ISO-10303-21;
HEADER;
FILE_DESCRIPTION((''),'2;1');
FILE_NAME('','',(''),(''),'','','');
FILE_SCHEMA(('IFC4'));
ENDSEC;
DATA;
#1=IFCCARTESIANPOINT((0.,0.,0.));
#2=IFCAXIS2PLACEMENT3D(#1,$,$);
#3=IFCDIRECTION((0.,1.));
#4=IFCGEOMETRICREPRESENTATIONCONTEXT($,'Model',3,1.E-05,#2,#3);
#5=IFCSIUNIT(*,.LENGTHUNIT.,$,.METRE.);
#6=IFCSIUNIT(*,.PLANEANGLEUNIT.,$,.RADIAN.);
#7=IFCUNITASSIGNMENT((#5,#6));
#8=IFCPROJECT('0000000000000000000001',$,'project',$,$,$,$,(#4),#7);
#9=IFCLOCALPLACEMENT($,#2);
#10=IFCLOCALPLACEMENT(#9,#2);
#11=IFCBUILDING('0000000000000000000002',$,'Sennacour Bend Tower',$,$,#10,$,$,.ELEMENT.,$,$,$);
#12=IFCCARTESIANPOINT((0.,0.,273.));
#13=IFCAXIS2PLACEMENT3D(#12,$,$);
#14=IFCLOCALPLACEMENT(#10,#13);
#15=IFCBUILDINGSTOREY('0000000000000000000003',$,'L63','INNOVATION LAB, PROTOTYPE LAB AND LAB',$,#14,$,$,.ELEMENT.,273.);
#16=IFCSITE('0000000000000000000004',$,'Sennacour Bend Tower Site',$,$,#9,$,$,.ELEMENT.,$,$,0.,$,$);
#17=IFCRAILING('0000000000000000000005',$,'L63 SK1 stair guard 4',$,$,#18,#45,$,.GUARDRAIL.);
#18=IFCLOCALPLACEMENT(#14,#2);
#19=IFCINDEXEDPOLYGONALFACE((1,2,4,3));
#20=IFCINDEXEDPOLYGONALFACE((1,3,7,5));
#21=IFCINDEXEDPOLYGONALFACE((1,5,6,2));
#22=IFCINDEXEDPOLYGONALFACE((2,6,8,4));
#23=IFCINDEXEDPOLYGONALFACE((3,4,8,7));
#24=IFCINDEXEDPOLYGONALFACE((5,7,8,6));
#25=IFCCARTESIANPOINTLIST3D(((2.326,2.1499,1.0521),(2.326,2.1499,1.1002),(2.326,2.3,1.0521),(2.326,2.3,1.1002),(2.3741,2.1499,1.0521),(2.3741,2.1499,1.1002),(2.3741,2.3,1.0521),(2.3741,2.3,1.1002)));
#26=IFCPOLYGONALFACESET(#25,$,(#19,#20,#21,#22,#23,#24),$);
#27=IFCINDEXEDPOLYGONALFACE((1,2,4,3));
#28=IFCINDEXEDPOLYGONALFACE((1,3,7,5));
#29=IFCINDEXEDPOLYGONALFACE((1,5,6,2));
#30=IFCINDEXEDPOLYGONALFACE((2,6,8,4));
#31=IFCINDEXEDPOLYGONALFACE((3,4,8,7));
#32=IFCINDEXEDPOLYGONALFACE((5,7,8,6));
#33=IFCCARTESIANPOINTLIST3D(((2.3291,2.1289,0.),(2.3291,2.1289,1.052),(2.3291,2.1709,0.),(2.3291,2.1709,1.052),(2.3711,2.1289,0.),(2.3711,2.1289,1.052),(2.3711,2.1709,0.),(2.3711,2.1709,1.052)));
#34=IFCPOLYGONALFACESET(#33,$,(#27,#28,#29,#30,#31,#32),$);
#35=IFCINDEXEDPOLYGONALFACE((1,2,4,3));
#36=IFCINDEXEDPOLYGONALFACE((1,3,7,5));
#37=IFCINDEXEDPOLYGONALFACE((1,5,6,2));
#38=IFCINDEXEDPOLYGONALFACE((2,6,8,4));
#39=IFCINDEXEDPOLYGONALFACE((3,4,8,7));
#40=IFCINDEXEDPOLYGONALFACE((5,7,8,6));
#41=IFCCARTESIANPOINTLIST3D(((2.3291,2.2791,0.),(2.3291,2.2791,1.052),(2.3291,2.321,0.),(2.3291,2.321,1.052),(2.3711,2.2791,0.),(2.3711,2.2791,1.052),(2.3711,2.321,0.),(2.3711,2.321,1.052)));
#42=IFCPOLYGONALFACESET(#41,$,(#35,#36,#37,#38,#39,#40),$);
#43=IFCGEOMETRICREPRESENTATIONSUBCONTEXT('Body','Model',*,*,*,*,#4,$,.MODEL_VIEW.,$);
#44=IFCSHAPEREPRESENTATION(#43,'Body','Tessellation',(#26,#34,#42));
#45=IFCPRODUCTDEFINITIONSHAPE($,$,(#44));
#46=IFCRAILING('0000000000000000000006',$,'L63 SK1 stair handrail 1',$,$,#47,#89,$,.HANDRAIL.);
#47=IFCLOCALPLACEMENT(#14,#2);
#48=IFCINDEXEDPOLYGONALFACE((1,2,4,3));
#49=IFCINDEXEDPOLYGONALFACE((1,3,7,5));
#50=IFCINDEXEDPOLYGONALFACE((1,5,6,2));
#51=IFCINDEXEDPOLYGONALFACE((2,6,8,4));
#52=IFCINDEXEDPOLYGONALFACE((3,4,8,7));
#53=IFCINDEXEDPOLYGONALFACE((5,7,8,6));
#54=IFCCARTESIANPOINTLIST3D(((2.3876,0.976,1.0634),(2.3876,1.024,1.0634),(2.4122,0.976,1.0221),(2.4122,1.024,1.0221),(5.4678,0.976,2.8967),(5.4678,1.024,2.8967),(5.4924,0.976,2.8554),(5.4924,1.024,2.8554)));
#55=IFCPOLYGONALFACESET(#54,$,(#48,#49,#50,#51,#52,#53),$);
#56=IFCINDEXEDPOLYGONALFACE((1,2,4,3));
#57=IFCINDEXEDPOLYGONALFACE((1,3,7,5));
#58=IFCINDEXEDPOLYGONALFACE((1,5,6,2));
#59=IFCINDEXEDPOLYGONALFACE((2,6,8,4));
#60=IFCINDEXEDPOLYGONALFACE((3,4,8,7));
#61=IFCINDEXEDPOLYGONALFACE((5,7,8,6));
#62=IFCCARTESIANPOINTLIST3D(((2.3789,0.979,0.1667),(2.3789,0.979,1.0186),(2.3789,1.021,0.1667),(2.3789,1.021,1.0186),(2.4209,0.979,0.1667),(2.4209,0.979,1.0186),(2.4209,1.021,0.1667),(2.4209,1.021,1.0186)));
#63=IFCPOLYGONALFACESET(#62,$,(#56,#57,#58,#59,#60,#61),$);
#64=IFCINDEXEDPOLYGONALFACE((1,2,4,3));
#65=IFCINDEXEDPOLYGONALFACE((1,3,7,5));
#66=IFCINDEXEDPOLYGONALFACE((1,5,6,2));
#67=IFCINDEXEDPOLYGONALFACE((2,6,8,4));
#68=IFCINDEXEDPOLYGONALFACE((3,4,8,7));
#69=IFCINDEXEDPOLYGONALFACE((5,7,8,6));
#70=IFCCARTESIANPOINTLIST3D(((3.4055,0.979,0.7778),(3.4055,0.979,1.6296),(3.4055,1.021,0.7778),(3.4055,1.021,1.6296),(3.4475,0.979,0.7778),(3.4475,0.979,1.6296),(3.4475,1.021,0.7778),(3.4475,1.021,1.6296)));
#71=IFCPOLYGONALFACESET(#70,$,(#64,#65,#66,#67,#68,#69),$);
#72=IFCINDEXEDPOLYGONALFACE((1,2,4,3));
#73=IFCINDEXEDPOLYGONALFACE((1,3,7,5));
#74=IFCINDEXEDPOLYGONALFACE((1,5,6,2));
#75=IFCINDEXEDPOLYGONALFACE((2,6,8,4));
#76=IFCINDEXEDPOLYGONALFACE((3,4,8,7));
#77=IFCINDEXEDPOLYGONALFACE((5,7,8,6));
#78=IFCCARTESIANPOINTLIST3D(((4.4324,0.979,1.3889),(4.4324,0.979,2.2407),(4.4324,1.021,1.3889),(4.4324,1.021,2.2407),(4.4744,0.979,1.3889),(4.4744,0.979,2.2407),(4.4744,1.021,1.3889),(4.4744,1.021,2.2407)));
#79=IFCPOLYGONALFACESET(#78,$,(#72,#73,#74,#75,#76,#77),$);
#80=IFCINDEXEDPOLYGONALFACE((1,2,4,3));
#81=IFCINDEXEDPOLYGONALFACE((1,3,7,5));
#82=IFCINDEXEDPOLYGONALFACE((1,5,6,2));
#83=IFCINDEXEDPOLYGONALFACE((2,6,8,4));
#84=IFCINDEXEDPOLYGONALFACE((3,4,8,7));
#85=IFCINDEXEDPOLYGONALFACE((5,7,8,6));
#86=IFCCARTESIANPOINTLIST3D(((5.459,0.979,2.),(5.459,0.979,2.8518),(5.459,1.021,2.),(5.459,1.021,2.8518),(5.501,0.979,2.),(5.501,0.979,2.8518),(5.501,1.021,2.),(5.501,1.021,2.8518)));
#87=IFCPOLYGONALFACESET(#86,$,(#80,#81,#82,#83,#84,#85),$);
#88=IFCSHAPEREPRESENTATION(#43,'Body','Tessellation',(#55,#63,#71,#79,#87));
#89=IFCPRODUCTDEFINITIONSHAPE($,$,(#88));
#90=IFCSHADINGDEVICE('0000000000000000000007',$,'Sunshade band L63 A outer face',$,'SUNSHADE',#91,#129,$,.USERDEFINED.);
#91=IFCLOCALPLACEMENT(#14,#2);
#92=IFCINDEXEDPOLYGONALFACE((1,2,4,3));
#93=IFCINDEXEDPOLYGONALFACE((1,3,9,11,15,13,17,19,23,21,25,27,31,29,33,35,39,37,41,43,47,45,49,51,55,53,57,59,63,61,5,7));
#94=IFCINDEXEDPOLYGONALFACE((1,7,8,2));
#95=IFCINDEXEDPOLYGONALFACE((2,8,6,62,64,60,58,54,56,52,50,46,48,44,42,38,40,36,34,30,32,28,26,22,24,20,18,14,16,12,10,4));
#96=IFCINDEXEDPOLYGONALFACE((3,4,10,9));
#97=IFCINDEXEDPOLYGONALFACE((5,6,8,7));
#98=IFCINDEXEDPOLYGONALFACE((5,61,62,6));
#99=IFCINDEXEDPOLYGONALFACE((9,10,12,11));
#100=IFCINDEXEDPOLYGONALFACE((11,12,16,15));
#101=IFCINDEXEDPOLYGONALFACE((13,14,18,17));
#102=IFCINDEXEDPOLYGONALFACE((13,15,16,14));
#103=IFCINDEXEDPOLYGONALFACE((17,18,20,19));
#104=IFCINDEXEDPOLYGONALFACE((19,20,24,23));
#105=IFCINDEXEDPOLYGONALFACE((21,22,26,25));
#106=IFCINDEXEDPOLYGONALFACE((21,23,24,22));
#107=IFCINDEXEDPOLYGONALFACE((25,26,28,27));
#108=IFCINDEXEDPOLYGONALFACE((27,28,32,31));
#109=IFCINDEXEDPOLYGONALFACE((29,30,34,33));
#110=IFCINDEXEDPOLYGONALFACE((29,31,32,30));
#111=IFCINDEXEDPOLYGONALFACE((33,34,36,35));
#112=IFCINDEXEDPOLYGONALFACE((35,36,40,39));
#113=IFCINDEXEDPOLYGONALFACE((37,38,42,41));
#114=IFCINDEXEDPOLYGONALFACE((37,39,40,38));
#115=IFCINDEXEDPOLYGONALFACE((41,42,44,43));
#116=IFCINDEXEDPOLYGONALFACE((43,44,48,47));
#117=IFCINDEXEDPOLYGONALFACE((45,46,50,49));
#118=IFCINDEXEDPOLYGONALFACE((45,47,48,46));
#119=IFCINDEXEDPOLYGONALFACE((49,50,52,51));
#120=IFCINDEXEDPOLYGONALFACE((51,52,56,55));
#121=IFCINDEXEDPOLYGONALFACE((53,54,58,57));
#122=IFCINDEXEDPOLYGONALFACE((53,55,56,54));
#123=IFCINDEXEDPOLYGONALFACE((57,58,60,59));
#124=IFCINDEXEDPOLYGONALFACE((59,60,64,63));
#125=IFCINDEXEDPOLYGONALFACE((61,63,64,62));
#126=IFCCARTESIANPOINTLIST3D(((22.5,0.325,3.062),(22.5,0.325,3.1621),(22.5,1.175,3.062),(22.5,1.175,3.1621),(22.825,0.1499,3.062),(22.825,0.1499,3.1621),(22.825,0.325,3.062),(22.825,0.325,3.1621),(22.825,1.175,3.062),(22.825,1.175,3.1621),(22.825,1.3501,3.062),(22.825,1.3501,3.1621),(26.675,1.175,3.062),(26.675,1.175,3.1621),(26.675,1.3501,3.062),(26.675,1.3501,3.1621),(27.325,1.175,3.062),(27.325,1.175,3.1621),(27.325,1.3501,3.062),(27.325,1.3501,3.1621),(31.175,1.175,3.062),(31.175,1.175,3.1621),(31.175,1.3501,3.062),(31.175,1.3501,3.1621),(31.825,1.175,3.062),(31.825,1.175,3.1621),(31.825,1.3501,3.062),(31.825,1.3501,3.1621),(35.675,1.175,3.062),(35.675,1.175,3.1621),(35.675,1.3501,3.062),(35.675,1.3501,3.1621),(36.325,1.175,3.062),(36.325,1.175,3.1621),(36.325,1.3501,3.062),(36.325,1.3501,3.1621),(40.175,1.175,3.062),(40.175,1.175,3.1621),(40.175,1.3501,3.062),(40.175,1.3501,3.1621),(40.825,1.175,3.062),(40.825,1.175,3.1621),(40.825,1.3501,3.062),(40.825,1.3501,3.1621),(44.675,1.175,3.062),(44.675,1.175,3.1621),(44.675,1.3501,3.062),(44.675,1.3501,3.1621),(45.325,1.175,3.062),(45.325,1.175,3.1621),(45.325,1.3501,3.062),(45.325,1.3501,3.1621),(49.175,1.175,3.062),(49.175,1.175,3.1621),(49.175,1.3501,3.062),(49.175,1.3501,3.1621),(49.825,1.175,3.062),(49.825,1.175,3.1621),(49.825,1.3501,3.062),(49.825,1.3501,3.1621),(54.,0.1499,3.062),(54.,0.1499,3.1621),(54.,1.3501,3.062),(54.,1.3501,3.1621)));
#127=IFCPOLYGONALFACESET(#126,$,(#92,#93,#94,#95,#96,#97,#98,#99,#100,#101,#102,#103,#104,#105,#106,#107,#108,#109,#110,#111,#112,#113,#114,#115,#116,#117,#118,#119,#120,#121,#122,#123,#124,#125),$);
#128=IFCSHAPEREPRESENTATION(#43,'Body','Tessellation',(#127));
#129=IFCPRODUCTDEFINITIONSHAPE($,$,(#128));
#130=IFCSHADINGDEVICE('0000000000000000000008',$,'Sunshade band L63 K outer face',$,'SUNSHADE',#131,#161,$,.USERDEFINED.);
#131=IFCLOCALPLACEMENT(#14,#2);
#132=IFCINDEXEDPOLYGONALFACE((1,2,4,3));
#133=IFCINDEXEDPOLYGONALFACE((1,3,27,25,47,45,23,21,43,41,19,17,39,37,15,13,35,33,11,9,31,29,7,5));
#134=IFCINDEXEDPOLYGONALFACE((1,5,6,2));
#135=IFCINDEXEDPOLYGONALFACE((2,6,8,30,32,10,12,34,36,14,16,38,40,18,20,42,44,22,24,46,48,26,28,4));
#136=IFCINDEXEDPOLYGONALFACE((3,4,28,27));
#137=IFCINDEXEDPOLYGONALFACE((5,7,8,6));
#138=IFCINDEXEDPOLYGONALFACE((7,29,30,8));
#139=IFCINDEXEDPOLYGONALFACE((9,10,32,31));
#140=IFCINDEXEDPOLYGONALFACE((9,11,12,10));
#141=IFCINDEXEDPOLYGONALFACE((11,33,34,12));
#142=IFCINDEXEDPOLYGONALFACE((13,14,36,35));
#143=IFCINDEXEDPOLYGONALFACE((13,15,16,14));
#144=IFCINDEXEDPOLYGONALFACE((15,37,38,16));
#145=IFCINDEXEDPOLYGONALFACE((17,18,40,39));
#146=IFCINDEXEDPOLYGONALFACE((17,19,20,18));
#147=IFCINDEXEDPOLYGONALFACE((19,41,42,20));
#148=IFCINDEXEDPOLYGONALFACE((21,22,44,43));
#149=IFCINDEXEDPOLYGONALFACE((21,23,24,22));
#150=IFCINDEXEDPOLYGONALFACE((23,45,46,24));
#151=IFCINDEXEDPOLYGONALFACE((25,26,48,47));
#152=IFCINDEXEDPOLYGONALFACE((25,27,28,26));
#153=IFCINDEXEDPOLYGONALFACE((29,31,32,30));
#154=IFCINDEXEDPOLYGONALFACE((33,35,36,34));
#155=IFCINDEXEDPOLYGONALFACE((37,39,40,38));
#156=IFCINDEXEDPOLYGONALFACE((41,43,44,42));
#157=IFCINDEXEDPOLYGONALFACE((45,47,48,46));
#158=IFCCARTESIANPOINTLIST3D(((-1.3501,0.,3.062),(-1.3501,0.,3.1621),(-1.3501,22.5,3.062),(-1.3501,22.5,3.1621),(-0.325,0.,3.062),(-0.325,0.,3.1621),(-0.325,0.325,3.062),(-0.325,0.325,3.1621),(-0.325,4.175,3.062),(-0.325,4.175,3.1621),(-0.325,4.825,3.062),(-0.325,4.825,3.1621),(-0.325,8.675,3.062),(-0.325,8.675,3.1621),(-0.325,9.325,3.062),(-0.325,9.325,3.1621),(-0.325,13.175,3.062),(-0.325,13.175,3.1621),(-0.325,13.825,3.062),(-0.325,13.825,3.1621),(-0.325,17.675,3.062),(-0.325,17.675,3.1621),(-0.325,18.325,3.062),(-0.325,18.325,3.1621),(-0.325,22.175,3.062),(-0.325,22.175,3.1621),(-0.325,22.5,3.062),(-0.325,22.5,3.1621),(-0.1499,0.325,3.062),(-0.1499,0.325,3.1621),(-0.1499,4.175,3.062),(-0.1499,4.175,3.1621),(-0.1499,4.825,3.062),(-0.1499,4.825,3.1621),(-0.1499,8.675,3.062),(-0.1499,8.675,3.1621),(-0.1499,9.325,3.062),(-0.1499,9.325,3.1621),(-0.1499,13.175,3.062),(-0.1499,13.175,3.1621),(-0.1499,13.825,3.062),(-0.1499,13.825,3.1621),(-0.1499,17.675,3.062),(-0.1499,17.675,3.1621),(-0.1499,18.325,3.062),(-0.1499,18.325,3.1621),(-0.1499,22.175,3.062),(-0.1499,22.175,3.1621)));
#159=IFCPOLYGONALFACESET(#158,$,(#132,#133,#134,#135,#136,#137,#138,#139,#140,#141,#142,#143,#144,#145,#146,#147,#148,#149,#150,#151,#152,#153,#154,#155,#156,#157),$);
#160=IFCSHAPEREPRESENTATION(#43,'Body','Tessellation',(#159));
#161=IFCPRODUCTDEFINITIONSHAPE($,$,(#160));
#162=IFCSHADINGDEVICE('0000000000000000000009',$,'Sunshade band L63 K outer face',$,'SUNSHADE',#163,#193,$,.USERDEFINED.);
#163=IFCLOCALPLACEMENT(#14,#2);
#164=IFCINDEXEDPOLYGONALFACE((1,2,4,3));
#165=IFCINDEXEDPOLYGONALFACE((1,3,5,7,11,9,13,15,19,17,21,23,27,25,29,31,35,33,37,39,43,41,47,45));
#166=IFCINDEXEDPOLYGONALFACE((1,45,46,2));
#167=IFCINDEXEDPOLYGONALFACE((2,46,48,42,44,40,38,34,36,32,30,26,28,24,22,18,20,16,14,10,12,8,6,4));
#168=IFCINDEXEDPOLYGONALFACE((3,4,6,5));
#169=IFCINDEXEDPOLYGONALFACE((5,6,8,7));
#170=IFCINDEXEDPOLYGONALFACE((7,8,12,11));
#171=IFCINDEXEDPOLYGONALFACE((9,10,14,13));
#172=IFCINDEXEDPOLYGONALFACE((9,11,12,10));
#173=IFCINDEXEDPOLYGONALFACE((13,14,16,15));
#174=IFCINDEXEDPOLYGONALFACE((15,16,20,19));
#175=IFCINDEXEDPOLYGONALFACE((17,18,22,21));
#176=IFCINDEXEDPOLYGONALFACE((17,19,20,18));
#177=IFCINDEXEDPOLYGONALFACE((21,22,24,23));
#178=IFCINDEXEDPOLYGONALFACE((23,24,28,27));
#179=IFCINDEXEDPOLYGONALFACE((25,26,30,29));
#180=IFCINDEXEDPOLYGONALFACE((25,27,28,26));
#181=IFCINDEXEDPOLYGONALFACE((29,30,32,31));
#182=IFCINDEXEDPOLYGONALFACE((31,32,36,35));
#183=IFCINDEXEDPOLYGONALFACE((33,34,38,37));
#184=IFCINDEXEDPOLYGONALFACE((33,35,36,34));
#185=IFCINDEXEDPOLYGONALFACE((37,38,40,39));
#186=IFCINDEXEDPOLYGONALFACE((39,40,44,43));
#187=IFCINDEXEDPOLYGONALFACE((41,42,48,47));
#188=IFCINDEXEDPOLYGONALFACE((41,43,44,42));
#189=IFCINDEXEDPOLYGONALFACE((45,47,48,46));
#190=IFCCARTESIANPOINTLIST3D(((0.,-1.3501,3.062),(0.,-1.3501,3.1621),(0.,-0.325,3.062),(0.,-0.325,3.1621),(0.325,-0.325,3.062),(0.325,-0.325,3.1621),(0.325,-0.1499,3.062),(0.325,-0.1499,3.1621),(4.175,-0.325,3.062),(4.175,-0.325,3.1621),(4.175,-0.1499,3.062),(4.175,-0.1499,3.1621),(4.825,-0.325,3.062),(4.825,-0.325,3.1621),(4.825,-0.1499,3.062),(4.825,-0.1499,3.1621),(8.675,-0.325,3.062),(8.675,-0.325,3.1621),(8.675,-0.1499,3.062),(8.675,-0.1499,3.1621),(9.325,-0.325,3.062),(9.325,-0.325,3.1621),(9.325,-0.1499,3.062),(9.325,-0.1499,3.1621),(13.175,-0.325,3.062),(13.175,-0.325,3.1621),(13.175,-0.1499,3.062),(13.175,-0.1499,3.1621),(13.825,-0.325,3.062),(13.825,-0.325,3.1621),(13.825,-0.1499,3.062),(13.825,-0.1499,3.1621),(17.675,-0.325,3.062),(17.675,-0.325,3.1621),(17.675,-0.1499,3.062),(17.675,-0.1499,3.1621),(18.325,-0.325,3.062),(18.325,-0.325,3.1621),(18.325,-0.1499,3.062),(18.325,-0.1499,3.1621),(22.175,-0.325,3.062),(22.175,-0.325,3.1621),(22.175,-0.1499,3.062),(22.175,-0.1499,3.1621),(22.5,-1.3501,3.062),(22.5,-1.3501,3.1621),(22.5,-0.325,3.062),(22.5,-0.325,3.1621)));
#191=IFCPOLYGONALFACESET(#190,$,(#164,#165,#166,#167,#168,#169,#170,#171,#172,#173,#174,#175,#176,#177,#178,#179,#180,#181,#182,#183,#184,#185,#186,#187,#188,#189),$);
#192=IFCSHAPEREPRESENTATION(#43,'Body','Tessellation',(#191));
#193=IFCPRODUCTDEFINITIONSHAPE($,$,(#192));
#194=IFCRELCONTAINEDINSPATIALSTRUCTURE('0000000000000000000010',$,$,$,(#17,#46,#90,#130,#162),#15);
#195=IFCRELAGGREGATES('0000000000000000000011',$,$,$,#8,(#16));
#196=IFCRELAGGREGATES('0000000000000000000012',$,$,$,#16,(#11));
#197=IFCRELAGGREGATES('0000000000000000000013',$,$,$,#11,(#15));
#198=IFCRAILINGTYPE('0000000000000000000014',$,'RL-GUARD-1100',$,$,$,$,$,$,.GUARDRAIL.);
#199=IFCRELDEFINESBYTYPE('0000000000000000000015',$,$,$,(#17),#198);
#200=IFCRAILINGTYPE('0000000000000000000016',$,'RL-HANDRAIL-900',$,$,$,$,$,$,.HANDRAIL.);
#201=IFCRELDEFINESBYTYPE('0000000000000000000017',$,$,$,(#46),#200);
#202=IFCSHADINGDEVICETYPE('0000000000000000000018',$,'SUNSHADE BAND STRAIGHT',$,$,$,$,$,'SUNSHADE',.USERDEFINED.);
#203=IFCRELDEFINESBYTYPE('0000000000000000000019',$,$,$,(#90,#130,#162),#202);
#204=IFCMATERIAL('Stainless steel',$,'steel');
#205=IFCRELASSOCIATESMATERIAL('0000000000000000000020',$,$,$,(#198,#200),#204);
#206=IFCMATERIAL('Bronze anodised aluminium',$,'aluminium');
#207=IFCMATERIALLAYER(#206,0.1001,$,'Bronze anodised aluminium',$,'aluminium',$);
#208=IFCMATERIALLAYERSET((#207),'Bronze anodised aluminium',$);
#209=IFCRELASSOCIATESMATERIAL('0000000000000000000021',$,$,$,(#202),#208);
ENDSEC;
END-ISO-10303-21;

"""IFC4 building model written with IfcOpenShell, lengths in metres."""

from ifc_helpers import new_model, si_unit, direction, frame, origin, origin_2d, place, context, subcontext, project, spatial, polyline, rectangle, outline, extrude, material, layer, layer_set, type_object, element, save


model = new_model("IFC4")

# Units and contexts
model_context = context("Model", 3, precision=1e-05, world=origin(), true_north=direction((0.0, 1.0)))
body_context = subcontext(model_context, "Body", "Model", "MODEL_VIEW")
ifc_project = project(units=[si_unit("LENGTHUNIT", "METRE"), si_unit("PLANEANGLEUNIT", "RADIAN")], contexts=[model_context])

# Site, building, storey
site_placement = place(None, origin())
site = spatial("IfcSite", under=ifc_project, at=site_placement, Name="Sennacour Bend Tower Site", CompositionType="ELEMENT", RefElevation=0.0)
building_placement = place(site_placement, origin())
building = spatial("IfcBuilding", under=site, at=building_placement, Name="Sennacour Bend Tower", CompositionType="ELEMENT")
storey_placement = place(building_placement, frame((0.0, 0.0, 273.0)))
storey = spatial("IfcBuildingStorey", under=building, at=storey_placement, Name="L63", Description="INNOVATION LAB, PROTOTYPE LAB AND LAB", CompositionType="ELEMENT", Elevation=273.0)

# Railings
ifc_material_1 = material(Name="Stainless steel", Category="steel")
railing_type_1 = type_object("IfcRailingType", Name="RL-GUARD-1100", PredefinedType="GUARDRAIL", material=ifc_material_1)
railing_1_placement = place(storey_placement, frame((2.3501, 2.1499, 0.0)))
element("IfcRailing", 1, at=railing_1_placement, inside=storey, type_object=railing_type_1, Name="L63 SK1 stair guard 4", PredefinedType="GUARDRAIL", context=body_context, shape_type="SweptSolid", body=[
    extrude(rectangle(XDim=0.0481, YDim=0.0481, at=origin_2d()), frame((0.0, 0.0, 1.0762), z_axis=(0.0, 1.0, 0.0), x_axis=(-1.0, 0.0, 0.0)), (0.0, 0.0, 1.0), 0.1501),
    extrude(rectangle(XDim=0.042, YDim=0.042, at=origin_2d()), origin(), (0.0, 0.0, 1.0), 1.052),
    extrude(rectangle(XDim=0.042, YDim=0.042, at=origin_2d()), frame((0.0, 0.1501, 0.0)), (0.0, 0.0, 1.0), 1.052),
])
railing_type_2 = type_object("IfcRailingType", Name="RL-HANDRAIL-900", PredefinedType="HANDRAIL", material=ifc_material_1)
railing_2_placement = place(storey_placement, frame((2.3999, 1.0, 0.1667)))
element("IfcRailing", 2, at=railing_2_placement, inside=storey, type_object=railing_type_2, Name="L63 SK1 stair handrail 1", PredefinedType="HANDRAIL", context=body_context, shape_type="SweptSolid", body=[
    extrude(rectangle(XDim=0.0481, YDim=0.0481, at=origin_2d()), frame((0.0, 0.0, 0.876), z_axis=(0.859309, 0.0, 0.511458), x_axis=(0.0, 1.0, 0.0)), (0.0, 0.0, 1.0), 3.5845),
    extrude(rectangle(XDim=0.042, YDim=0.042, at=origin_2d()), origin(), (0.0, 0.0, 1.0), 0.8518),
    extrude(rectangle(XDim=0.042, YDim=0.042, at=origin_2d()), frame((1.0266, 0.0, 0.6111)), (0.0, 0.0, 1.0), 0.8518),
    extrude(rectangle(XDim=0.042, YDim=0.042, at=origin_2d()), frame((2.0535, 0.0, 1.2222)), (0.0, 0.0, 1.0), 0.8518),
    extrude(rectangle(XDim=0.042, YDim=0.042, at=origin_2d()), frame((3.0801, 0.0, 1.8333)), (0.0, 0.0, 1.0), 0.8518),
])

# Shading devices
ifc_material_2 = material(Name="Bronze anodised aluminium", Category="aluminium")
ifc_layer_1 = layer(ifc_material_2, 0.1001, Name="Bronze anodised aluminium", Category="aluminium")
ifc_layer_set_1 = layer_set([ifc_layer_1], Name="Bronze anodised aluminium")
shading_device_type_1 = type_object("IfcShadingDeviceType", Name="SUNSHADE BAND STRAIGHT", ElementType="SUNSHADE", PredefinedType="USERDEFINED", material=ifc_layer_set_1)
shading_device_1_placement = place(storey_placement, frame((0.0, 0.0, 3.062)))
element("IfcShadingDevice", 3, at=shading_device_1_placement, inside=storey, type_object=shading_device_type_1, Name="Sunshade band L63 A outer face", ObjectType="SUNSHADE", PredefinedType="USERDEFINED", context=body_context, shape_type="SweptSolid", body=[
    extrude(outline(polyline([(26.675, 1.3501), (26.675, 1.175), (27.325, 1.175), (27.325, 1.3501), (31.175, 1.3501), (31.175, 1.175), (31.825, 1.175), (31.825, 1.3501), (35.675, 1.3501), (35.675, 1.175), (36.325, 1.175), (36.325, 1.3501), (40.175, 1.3501), (40.175, 1.175), (40.825, 1.175), (40.825, 1.3501), (44.675, 1.3501), (44.675, 1.175), (45.325, 1.175), (45.325, 1.3501), (49.175, 1.3501), (49.175, 1.175), (49.825, 1.175), (49.825, 1.3501), (54.0, 1.3501), (54.0, 0.1499), (22.825, 0.1499), (22.825, 0.325), (22.5, 0.325), (22.5, 1.175), (22.825, 1.175), (22.825, 1.3501), (26.675, 1.3501)])), origin(), (0.0, 0.0, 1.0), 0.1001),
])
shading_device_2_placement = place(storey_placement, frame((0.0, 0.0, 3.062)))
element("IfcShadingDevice", 4, at=shading_device_2_placement, inside=storey, type_object=shading_device_type_1, Name="Sunshade band L63 K outer face", ObjectType="SUNSHADE", PredefinedType="USERDEFINED", context=body_context, shape_type="SweptSolid", body=[
    extrude(outline(polyline([(-0.1499, 18.325), (-0.325, 18.325), (-0.325, 17.675), (-0.1499, 17.675), (-0.1499, 13.825), (-0.325, 13.825), (-0.325, 13.175), (-0.1499, 13.175), (-0.1499, 9.325), (-0.325, 9.325), (-0.325, 8.675), (-0.1499, 8.675), (-0.1499, 4.825), (-0.325, 4.825), (-0.325, 4.175), (-0.1499, 4.175), (-0.1499, 0.325), (-0.325, 0.325), (-0.325, 0.0), (-1.3501, 0.0), (-1.3501, 22.5), (-0.325, 22.5), (-0.325, 22.175), (-0.1499, 22.175), (-0.1499, 18.325)])), origin(), (0.0, 0.0, 1.0), 0.1001),
])
shading_device_3_placement = place(storey_placement, frame((0.0, 0.0, 3.062)))
element("IfcShadingDevice", 5, at=shading_device_3_placement, inside=storey, type_object=shading_device_type_1, Name="Sunshade band L63 K outer face", ObjectType="SUNSHADE", PredefinedType="USERDEFINED", context=body_context, shape_type="SweptSolid", body=[
    extrude(outline(polyline([(4.175, -0.1499), (4.175, -0.325), (4.825, -0.325), (4.825, -0.1499), (8.675, -0.1499), (8.675, -0.325), (9.325, -0.325), (9.325, -0.1499), (13.175, -0.1499), (13.175, -0.325), (13.825, -0.325), (13.825, -0.1499), (17.675, -0.1499), (17.675, -0.325), (18.325, -0.325), (18.325, -0.1499), (22.175, -0.1499), (22.175, -0.325), (22.5, -0.325), (22.5, -1.3501), (0.0, -1.3501), (0.0, -0.325), (0.325, -0.325), (0.325, -0.1499), (4.175, -0.1499)])), origin(), (0.0, 0.0, 1.0), 0.1001),
])

save(model, "model.ifc")
